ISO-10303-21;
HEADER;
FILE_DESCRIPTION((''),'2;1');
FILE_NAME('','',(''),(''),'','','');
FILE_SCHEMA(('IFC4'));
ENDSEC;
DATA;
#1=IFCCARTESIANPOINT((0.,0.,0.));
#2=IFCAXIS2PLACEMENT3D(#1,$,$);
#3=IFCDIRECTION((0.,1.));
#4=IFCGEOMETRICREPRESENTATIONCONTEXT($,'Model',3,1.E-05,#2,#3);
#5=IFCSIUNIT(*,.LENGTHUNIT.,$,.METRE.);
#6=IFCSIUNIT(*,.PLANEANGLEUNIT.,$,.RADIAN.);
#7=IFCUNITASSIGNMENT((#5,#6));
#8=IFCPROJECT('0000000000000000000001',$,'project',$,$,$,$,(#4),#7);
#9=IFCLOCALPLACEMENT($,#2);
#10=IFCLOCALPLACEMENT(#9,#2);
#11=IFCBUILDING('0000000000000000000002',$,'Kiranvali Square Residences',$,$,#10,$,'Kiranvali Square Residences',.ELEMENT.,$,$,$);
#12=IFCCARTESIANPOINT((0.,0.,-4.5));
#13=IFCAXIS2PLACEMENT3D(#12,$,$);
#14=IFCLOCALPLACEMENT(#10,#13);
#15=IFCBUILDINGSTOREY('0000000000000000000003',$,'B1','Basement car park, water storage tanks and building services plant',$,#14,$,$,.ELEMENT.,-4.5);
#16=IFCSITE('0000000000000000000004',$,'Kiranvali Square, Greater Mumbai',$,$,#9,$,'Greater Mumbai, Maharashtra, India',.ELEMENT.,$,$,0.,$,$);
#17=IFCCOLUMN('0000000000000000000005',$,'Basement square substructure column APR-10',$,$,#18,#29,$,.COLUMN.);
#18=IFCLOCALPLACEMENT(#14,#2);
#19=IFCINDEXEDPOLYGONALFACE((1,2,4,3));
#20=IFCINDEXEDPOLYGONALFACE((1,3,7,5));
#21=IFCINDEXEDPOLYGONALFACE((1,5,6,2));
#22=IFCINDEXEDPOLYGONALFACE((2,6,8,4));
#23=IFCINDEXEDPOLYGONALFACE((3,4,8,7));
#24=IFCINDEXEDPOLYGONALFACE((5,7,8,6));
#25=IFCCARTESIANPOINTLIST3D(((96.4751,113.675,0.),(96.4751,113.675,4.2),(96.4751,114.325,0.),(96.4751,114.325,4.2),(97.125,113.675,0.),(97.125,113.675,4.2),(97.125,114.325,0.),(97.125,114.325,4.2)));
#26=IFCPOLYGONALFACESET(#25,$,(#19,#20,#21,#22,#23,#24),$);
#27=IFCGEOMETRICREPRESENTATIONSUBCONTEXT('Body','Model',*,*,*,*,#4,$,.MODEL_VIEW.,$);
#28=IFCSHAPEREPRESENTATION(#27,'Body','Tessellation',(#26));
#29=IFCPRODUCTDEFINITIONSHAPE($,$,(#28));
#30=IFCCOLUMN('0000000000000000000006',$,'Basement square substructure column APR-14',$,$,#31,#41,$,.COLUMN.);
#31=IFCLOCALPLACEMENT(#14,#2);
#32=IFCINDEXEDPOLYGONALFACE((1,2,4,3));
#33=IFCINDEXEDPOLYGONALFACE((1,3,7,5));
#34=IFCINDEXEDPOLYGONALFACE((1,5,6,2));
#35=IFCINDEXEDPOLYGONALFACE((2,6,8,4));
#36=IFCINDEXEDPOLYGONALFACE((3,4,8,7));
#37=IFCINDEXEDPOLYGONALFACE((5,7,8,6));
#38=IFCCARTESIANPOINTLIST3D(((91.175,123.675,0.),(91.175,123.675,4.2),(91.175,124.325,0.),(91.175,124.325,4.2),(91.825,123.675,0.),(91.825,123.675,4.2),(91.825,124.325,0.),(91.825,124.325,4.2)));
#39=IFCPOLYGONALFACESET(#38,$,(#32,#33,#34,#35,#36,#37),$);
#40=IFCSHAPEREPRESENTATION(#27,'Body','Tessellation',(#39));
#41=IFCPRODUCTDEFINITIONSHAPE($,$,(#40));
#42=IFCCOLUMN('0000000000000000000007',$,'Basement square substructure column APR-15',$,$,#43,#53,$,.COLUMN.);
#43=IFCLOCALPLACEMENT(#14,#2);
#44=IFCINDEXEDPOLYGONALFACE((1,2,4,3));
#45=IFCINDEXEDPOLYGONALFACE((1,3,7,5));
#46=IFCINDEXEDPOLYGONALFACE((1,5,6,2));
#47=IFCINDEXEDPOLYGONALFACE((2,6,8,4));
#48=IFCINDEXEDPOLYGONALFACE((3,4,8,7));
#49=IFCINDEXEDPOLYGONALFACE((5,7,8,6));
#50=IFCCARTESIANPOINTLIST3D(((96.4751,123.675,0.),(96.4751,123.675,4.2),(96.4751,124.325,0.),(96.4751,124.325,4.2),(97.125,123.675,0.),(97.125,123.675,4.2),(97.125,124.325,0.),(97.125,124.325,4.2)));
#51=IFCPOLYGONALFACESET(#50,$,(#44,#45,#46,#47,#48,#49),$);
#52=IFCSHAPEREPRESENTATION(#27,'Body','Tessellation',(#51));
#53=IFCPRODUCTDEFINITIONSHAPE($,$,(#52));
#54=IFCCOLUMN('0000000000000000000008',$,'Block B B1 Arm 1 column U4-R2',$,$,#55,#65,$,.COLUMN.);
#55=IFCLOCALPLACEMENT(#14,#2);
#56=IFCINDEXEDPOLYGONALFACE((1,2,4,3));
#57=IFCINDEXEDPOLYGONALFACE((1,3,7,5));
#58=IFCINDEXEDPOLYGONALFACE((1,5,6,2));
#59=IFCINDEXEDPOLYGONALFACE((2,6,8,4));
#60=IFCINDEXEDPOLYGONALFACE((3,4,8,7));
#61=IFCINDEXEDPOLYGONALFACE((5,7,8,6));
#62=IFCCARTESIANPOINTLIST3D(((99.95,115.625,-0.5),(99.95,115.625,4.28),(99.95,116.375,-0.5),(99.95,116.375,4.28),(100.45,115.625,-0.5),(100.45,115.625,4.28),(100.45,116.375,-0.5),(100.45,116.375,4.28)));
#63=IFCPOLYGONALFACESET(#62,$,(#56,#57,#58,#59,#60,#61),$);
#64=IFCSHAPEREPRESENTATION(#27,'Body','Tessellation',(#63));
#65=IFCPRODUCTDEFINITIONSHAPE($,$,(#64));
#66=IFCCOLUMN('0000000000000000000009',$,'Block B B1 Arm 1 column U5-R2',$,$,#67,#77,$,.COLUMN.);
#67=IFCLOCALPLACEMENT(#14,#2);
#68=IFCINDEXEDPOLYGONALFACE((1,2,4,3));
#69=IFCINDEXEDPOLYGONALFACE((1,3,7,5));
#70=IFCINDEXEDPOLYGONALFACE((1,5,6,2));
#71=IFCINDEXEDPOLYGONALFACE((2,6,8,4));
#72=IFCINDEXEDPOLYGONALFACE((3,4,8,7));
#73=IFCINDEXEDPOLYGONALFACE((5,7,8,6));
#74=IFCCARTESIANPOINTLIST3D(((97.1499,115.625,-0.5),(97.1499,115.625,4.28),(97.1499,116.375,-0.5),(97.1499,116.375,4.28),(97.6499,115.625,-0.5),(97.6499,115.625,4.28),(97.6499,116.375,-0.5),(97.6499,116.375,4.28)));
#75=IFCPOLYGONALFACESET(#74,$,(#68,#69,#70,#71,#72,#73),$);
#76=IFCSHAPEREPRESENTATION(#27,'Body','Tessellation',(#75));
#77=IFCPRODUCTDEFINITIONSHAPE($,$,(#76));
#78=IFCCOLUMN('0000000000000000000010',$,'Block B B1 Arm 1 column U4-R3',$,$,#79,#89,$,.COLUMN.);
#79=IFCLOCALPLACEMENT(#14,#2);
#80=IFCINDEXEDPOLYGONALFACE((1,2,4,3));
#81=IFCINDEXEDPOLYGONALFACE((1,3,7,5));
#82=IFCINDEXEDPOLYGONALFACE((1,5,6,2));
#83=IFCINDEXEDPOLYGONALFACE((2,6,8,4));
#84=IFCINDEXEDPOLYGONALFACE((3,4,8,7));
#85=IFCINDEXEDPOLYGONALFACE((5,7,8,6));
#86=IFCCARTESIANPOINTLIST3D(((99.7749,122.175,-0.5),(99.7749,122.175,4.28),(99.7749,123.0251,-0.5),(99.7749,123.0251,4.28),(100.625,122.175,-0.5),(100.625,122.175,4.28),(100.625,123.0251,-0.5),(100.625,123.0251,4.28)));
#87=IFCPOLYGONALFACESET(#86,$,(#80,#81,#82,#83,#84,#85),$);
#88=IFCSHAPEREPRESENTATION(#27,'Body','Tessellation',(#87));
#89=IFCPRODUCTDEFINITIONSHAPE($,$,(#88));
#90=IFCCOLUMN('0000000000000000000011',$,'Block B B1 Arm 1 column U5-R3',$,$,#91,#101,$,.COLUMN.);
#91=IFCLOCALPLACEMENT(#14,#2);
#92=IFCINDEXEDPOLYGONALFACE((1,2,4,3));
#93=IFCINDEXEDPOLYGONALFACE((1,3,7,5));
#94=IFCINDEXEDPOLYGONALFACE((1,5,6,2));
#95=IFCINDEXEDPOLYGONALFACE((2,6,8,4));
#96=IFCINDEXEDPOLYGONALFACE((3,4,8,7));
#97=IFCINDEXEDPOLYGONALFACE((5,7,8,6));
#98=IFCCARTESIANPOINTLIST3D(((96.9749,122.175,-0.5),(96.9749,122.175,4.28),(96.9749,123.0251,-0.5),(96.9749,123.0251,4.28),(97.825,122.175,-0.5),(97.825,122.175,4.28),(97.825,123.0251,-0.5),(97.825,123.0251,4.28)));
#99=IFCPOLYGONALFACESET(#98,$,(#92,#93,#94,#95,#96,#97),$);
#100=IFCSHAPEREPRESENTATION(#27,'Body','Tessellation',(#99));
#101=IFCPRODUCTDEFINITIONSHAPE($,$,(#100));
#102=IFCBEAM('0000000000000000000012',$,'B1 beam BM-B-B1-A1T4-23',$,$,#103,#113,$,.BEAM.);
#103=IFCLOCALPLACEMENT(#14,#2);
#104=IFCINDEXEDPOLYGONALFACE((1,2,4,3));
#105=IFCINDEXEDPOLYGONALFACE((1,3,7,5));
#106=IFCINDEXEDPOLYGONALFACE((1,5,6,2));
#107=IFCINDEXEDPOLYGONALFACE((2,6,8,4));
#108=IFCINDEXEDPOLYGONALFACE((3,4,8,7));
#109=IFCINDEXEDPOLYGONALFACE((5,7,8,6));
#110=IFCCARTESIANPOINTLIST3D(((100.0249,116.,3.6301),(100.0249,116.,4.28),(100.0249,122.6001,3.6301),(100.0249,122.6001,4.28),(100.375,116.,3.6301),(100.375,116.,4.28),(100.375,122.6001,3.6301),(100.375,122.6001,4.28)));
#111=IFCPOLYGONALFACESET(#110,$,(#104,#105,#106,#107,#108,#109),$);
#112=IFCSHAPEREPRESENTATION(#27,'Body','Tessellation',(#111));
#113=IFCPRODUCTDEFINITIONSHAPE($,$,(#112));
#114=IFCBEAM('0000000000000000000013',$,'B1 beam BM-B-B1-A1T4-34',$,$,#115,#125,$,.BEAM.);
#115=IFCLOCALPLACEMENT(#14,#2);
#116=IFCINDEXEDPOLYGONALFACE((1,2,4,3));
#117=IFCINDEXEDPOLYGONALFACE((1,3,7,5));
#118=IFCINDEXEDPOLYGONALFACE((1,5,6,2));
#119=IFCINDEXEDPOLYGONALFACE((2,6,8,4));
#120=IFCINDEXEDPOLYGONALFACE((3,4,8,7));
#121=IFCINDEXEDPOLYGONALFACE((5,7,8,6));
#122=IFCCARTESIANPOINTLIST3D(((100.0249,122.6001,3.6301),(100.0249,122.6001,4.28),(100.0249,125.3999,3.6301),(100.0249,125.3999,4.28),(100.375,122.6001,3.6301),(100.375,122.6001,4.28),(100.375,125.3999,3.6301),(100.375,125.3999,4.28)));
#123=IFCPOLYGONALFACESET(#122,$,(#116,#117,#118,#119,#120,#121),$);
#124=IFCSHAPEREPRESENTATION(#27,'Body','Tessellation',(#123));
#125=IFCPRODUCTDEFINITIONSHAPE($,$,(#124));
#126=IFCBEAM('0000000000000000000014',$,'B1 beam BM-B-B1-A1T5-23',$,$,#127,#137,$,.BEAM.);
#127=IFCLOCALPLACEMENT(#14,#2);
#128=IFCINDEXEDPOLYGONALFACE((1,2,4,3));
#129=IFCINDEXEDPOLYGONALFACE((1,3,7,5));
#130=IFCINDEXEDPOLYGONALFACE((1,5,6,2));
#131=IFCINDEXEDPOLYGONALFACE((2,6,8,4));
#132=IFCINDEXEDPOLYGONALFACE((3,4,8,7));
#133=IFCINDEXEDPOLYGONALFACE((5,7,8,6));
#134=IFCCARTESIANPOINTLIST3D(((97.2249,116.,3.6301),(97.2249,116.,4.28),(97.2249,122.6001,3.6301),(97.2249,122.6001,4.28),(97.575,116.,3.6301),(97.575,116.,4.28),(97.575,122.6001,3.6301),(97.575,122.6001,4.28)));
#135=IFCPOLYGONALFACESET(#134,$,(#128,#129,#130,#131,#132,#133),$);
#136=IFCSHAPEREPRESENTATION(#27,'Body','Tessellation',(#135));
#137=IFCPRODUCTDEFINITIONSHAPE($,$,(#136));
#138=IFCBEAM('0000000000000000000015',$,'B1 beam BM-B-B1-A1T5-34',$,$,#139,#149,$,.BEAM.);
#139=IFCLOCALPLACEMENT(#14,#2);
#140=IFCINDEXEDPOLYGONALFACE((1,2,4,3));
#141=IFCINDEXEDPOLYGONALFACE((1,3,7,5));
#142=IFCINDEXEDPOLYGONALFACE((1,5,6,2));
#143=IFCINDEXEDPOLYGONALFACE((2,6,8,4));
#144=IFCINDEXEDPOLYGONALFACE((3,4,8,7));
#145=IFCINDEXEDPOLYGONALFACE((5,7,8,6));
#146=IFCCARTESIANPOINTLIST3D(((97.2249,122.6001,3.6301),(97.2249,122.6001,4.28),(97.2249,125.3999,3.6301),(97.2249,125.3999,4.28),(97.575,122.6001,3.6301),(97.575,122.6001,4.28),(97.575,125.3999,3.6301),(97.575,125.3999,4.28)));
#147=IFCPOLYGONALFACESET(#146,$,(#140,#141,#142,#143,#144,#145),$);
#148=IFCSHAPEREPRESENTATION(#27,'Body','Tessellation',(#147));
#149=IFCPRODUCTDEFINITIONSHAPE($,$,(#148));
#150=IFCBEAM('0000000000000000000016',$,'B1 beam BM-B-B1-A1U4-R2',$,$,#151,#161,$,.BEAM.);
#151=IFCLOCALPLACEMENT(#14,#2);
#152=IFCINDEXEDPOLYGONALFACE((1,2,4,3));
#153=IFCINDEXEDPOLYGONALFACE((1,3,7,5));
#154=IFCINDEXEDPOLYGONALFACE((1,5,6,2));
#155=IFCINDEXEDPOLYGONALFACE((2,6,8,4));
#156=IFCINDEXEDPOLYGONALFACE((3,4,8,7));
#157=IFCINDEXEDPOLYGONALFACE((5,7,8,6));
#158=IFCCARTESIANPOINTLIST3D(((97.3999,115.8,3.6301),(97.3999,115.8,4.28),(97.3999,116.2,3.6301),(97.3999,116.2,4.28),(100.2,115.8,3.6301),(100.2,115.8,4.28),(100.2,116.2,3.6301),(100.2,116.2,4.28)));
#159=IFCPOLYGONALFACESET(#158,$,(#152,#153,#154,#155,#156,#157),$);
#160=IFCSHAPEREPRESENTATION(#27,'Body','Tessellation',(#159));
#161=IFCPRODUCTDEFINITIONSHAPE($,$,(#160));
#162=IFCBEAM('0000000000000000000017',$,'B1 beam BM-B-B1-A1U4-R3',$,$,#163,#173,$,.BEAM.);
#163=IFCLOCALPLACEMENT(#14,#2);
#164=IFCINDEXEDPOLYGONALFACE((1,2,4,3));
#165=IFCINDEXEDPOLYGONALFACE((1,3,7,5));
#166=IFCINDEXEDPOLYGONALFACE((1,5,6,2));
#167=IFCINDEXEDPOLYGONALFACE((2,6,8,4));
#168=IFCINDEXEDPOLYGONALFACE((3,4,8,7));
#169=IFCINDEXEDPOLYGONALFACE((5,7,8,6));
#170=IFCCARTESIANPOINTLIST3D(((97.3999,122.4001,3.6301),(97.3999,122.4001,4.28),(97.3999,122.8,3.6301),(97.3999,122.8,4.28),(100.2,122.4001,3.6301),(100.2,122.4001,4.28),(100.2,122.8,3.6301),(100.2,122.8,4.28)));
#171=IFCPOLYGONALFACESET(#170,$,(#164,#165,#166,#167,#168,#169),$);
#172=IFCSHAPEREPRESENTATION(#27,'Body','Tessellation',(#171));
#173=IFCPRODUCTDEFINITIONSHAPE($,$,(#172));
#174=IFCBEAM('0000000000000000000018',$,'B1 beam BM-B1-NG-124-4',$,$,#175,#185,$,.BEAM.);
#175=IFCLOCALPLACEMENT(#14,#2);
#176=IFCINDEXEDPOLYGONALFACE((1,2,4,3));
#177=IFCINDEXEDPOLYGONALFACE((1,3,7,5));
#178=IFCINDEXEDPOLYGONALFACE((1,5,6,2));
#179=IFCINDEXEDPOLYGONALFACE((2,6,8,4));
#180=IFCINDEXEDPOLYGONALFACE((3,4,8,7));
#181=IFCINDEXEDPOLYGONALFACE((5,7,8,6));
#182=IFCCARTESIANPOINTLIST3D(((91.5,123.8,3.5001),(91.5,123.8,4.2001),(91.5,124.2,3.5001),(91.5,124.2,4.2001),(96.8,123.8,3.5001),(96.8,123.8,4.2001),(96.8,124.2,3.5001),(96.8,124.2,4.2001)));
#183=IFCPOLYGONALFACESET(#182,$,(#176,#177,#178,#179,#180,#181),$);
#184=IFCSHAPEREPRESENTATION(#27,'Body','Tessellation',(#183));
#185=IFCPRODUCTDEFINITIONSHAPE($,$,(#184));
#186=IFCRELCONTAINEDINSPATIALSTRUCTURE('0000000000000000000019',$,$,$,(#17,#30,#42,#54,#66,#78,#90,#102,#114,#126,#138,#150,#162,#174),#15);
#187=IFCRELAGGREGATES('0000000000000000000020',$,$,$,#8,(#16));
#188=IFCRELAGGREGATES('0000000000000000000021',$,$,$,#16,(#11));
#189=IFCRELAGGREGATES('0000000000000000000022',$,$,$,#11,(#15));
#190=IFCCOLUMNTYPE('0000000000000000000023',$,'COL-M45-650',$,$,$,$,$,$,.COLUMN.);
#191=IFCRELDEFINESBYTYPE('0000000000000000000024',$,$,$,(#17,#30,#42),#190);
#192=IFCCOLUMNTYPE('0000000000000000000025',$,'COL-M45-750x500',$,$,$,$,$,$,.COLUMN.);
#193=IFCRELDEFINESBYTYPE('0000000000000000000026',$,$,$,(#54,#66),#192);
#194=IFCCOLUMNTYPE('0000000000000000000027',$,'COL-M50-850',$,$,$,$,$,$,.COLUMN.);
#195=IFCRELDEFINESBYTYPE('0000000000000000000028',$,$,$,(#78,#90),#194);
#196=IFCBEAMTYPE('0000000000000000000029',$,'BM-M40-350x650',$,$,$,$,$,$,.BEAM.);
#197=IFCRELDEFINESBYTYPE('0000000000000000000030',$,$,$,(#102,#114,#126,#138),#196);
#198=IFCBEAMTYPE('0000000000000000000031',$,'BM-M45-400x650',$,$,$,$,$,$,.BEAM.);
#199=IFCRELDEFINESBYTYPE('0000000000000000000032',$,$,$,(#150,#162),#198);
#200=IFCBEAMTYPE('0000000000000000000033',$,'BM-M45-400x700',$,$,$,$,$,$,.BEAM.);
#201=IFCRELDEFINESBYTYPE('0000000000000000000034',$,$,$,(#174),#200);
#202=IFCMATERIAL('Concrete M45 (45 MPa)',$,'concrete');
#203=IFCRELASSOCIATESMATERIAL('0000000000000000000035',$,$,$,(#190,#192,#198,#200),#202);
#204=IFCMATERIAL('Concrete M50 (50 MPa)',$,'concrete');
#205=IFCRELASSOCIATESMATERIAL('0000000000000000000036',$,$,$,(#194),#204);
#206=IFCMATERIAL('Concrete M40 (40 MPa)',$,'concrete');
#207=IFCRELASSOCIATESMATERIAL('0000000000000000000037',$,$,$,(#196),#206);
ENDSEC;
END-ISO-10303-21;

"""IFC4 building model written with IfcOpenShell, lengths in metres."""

from ifc_helpers import new_model, si_unit, direction, frame, origin, origin_2d, place, context, subcontext, project, spatial, rectangle, extrude, material, material_profile, profile_set, type_object, element, save


model = new_model("IFC4")

# Units and contexts
model_context = context("Model", 3, precision=1e-05, world=origin(), true_north=direction((0.0, 1.0)))
body_context = subcontext(model_context, "Body", "Model", "MODEL_VIEW")
ifc_project = project(units=[si_unit("LENGTHUNIT", "METRE"), si_unit("PLANEANGLEUNIT", "RADIAN")], contexts=[model_context])

# Site, building, storey
site_placement = place(None, origin())
site = spatial("IfcSite", under=ifc_project, at=site_placement, Name="Kiranvali Square, Greater Mumbai", LongName="Greater Mumbai, Maharashtra, India", CompositionType="ELEMENT", RefElevation=0.0)
building_placement = place(site_placement, origin())
building = spatial("IfcBuilding", under=site, at=building_placement, Name="Kiranvali Square Residences", LongName="Kiranvali Square Residences", CompositionType="ELEMENT")
storey_placement = place(building_placement, frame((0.0, 0.0, -4.5)))
storey = spatial("IfcBuildingStorey", under=building, at=storey_placement, Name="B1", Description="Basement car park, water storage tanks and building services plant", CompositionType="ELEMENT", Elevation=-4.5)

# Shared definitions
ifc_material_1 = material(Name="Concrete M40 (40 MPa)", Category="concrete")

# Columns
ifc_material_2 = material(Name="Concrete M45 (45 MPa)", Category="concrete")
ifc_material_profile_1 = material_profile(ifc_material_2, rectangle(XDim=0.6499, YDim=0.6499, at=origin_2d()), Name="RC 650x650")
ifc_profile_set_1 = profile_set([ifc_material_profile_1], Name="Concrete M45 (45 MPa)")
column_type_1 = type_object("IfcColumnType", Name="COL-M45-650", PredefinedType="COLUMN", material=ifc_profile_set_1)
for number, where, z_axis, x_axis, name in (
    (1, (96.8, 114.0, 0.0), (0.0, 0.0, 1.0), (1.0, 0.0, 0.0), "Basement square substructure column APR-10"),
    (2, (91.5, 124.0, 0.0), (0.0, 0.0, 1.0), (1.0, 0.0, 0.0), "Basement square substructure column APR-14"),
    (3, (96.8, 124.0, 0.0), (0.0, 0.0, 1.0), (1.0, 0.0, 0.0), "Basement square substructure column APR-15"),
):
    element("IfcColumn", number, at=place(storey_placement, frame(where, z_axis=z_axis, x_axis=x_axis)), inside=storey, type_object=column_type_1, Name=name, PredefinedType="COLUMN", context=body_context, shape_type="SweptSolid", body=[
        extrude(rectangle(XDim=0.6499, YDim=0.6499, at=origin_2d()), origin(), (0.0, 0.0, 1.0), 4.2),
    ])
ifc_material_profile_2 = material_profile(ifc_material_2, rectangle(XDim=0.5, YDim=0.75, at=origin_2d()), Name="RC 750x500")
ifc_profile_set_2 = profile_set([ifc_material_profile_2], Name="Concrete M45 (45 MPa)")
column_type_2 = type_object("IfcColumnType", Name="COL-M45-750x500", PredefinedType="COLUMN", material=ifc_profile_set_2)
for number, where, z_axis, x_axis, name in (
    (4, (100.2, 116.0, -0.5), (0.0, 0.0, 1.0), (1.0, 0.0, 0.0), "Block B B1 Arm 1 column U4-R2"),
    (5, (97.3999, 116.0, -0.5), (0.0, 0.0, 1.0), (1.0, 0.0, 0.0), "Block B B1 Arm 1 column U5-R2"),
):
    element("IfcColumn", number, at=place(storey_placement, frame(where, z_axis=z_axis, x_axis=x_axis)), inside=storey, type_object=column_type_2, Name=name, PredefinedType="COLUMN", context=body_context, shape_type="SweptSolid", body=[
        extrude(rectangle(XDim=0.5, YDim=0.75, at=origin_2d()), origin(), (0.0, 0.0, 1.0), 4.78),
    ])
ifc_material_3 = material(Name="Concrete M50 (50 MPa)", Category="concrete")
ifc_material_profile_3 = material_profile(ifc_material_3, rectangle(XDim=0.8501, YDim=0.8501, at=origin_2d()), Name="RC 850x850")
ifc_profile_set_3 = profile_set([ifc_material_profile_3], Name="Concrete M50 (50 MPa)")
column_type_3 = type_object("IfcColumnType", Name="COL-M50-850", PredefinedType="COLUMN", material=ifc_profile_set_3)
for number, where, z_axis, x_axis, name in (
    (6, (100.2, 122.6001, -0.5), (0.0, 0.0, 1.0), (1.0, 0.0, 0.0), "Block B B1 Arm 1 column U4-R3"),
    (7, (97.3999, 122.6001, -0.5), (0.0, 0.0, 1.0), (1.0, 0.0, 0.0), "Block B B1 Arm 1 column U5-R3"),
):
    element("IfcColumn", number, at=place(storey_placement, frame(where, z_axis=z_axis, x_axis=x_axis)), inside=storey, type_object=column_type_3, Name=name, PredefinedType="COLUMN", context=body_context, shape_type="SweptSolid", body=[
        extrude(rectangle(XDim=0.8501, YDim=0.8501, at=origin_2d()), origin(), (0.0, 0.0, 1.0), 4.78),
    ])

# Beams
ifc_material_profile_4 = material_profile(ifc_material_1, rectangle(XDim=0.3501, YDim=0.6499, at=origin_2d()), Name="RC 350x650")
ifc_profile_set_4 = profile_set([ifc_material_profile_4], Name="Concrete M40 (40 MPa)")
beam_type_1 = type_object("IfcBeamType", Name="BM-M40-350x650", PredefinedType="BEAM", material=ifc_profile_set_4)
beam_1_placement = place(storey_placement, frame((100.2, 116.0, 3.9551), z_axis=(0.0, 1.0, 0.0), x_axis=(-1.0, 0.0, 0.0)))
element("IfcBeam", 8, at=beam_1_placement, inside=storey, type_object=beam_type_1, Name="B1 beam BM-B-B1-A1T4-23", PredefinedType="BEAM", context=body_context, shape_type="SweptSolid", body=[
    extrude(rectangle(XDim=0.3501, YDim=0.6499, at=origin_2d()), origin(), (0.0, 0.0, 1.0), 6.6001),
])
beam_2_placement = place(storey_placement, frame((100.2, 122.6001, 3.9551), z_axis=(0.0, 1.0, 0.0), x_axis=(-1.0, 0.0, 0.0)))
element("IfcBeam", 9, at=beam_2_placement, inside=storey, type_object=beam_type_1, Name="B1 beam BM-B-B1-A1T4-34", PredefinedType="BEAM", context=body_context, shape_type="SweptSolid", body=[
    extrude(rectangle(XDim=0.3501, YDim=0.6499, at=origin_2d()), origin(), (0.0, 0.0, 1.0), 2.7998),
])
beam_3_placement = place(storey_placement, frame((97.3999, 116.0, 3.9551), z_axis=(0.0, 1.0, 0.0), x_axis=(-1.0, 0.0, 0.0)))
element("IfcBeam", 10, at=beam_3_placement, inside=storey, type_object=beam_type_1, Name="B1 beam BM-B-B1-A1T5-23", PredefinedType="BEAM", context=body_context, shape_type="SweptSolid", body=[
    extrude(rectangle(XDim=0.3501, YDim=0.6499, at=origin_2d()), origin(), (0.0, 0.0, 1.0), 6.6001),
])
beam_4_placement = place(storey_placement, frame((97.3999, 122.6001, 3.9551), z_axis=(0.0, 1.0, 0.0), x_axis=(-1.0, 0.0, 0.0)))
element("IfcBeam", 11, at=beam_4_placement, inside=storey, type_object=beam_type_1, Name="B1 beam BM-B-B1-A1T5-34", PredefinedType="BEAM", context=body_context, shape_type="SweptSolid", body=[
    extrude(rectangle(XDim=0.3501, YDim=0.6499, at=origin_2d()), origin(), (0.0, 0.0, 1.0), 2.7998),
])
ifc_material_profile_5 = material_profile(ifc_material_2, rectangle(XDim=0.3999, YDim=0.6499, at=origin_2d()), Name="RC 400x650")
ifc_profile_set_5 = profile_set([ifc_material_profile_5], Name="Concrete M45 (45 MPa)")
beam_type_2 = type_object("IfcBeamType", Name="BM-M45-400x650", PredefinedType="BEAM", material=ifc_profile_set_5)
for number, where, z_axis, x_axis, name in (
    (12, (100.2, 116.0, 3.9551), (-1.0, 0.0, 0.0), (0.0, -1.0, 0.0), "B1 beam BM-B-B1-A1U4-R2"),
    (13, (100.2, 122.6001, 3.9551), (-1.0, 0.0, 0.0), (0.0, -1.0, 0.0), "B1 beam BM-B-B1-A1U4-R3"),
):
    element("IfcBeam", number, at=place(storey_placement, frame(where, z_axis=z_axis, x_axis=x_axis)), inside=storey, type_object=beam_type_2, Name=name, PredefinedType="BEAM", context=body_context, shape_type="SweptSolid", body=[
        extrude(rectangle(XDim=0.3999, YDim=0.6499, at=origin_2d()), origin(), (0.0, 0.0, 1.0), 2.8),
    ])
ifc_material_profile_6 = material_profile(ifc_material_2, rectangle(XDim=0.3999, YDim=0.7, at=origin_2d()), Name="RC 400x700")
ifc_profile_set_6 = profile_set([ifc_material_profile_6], Name="Concrete M45 (45 MPa)")
beam_type_3 = type_object("IfcBeamType", Name="BM-M45-400x700", PredefinedType="BEAM", material=ifc_profile_set_6)
beam_5_placement = place(storey_placement, frame((91.5, 124.0, 3.8501), z_axis=(1.0, 0.0, 0.0), x_axis=(0.0, 1.0, 0.0)))
element("IfcBeam", 14, at=beam_5_placement, inside=storey, type_object=beam_type_3, Name="B1 beam BM-B1-NG-124-4", PredefinedType="BEAM", context=body_context, shape_type="SweptSolid", body=[
    extrude(rectangle(XDim=0.3999, YDim=0.7, at=origin_2d()), origin(), (0.0, 0.0, 1.0), 5.3),
])

save(model, "model.ifc")
